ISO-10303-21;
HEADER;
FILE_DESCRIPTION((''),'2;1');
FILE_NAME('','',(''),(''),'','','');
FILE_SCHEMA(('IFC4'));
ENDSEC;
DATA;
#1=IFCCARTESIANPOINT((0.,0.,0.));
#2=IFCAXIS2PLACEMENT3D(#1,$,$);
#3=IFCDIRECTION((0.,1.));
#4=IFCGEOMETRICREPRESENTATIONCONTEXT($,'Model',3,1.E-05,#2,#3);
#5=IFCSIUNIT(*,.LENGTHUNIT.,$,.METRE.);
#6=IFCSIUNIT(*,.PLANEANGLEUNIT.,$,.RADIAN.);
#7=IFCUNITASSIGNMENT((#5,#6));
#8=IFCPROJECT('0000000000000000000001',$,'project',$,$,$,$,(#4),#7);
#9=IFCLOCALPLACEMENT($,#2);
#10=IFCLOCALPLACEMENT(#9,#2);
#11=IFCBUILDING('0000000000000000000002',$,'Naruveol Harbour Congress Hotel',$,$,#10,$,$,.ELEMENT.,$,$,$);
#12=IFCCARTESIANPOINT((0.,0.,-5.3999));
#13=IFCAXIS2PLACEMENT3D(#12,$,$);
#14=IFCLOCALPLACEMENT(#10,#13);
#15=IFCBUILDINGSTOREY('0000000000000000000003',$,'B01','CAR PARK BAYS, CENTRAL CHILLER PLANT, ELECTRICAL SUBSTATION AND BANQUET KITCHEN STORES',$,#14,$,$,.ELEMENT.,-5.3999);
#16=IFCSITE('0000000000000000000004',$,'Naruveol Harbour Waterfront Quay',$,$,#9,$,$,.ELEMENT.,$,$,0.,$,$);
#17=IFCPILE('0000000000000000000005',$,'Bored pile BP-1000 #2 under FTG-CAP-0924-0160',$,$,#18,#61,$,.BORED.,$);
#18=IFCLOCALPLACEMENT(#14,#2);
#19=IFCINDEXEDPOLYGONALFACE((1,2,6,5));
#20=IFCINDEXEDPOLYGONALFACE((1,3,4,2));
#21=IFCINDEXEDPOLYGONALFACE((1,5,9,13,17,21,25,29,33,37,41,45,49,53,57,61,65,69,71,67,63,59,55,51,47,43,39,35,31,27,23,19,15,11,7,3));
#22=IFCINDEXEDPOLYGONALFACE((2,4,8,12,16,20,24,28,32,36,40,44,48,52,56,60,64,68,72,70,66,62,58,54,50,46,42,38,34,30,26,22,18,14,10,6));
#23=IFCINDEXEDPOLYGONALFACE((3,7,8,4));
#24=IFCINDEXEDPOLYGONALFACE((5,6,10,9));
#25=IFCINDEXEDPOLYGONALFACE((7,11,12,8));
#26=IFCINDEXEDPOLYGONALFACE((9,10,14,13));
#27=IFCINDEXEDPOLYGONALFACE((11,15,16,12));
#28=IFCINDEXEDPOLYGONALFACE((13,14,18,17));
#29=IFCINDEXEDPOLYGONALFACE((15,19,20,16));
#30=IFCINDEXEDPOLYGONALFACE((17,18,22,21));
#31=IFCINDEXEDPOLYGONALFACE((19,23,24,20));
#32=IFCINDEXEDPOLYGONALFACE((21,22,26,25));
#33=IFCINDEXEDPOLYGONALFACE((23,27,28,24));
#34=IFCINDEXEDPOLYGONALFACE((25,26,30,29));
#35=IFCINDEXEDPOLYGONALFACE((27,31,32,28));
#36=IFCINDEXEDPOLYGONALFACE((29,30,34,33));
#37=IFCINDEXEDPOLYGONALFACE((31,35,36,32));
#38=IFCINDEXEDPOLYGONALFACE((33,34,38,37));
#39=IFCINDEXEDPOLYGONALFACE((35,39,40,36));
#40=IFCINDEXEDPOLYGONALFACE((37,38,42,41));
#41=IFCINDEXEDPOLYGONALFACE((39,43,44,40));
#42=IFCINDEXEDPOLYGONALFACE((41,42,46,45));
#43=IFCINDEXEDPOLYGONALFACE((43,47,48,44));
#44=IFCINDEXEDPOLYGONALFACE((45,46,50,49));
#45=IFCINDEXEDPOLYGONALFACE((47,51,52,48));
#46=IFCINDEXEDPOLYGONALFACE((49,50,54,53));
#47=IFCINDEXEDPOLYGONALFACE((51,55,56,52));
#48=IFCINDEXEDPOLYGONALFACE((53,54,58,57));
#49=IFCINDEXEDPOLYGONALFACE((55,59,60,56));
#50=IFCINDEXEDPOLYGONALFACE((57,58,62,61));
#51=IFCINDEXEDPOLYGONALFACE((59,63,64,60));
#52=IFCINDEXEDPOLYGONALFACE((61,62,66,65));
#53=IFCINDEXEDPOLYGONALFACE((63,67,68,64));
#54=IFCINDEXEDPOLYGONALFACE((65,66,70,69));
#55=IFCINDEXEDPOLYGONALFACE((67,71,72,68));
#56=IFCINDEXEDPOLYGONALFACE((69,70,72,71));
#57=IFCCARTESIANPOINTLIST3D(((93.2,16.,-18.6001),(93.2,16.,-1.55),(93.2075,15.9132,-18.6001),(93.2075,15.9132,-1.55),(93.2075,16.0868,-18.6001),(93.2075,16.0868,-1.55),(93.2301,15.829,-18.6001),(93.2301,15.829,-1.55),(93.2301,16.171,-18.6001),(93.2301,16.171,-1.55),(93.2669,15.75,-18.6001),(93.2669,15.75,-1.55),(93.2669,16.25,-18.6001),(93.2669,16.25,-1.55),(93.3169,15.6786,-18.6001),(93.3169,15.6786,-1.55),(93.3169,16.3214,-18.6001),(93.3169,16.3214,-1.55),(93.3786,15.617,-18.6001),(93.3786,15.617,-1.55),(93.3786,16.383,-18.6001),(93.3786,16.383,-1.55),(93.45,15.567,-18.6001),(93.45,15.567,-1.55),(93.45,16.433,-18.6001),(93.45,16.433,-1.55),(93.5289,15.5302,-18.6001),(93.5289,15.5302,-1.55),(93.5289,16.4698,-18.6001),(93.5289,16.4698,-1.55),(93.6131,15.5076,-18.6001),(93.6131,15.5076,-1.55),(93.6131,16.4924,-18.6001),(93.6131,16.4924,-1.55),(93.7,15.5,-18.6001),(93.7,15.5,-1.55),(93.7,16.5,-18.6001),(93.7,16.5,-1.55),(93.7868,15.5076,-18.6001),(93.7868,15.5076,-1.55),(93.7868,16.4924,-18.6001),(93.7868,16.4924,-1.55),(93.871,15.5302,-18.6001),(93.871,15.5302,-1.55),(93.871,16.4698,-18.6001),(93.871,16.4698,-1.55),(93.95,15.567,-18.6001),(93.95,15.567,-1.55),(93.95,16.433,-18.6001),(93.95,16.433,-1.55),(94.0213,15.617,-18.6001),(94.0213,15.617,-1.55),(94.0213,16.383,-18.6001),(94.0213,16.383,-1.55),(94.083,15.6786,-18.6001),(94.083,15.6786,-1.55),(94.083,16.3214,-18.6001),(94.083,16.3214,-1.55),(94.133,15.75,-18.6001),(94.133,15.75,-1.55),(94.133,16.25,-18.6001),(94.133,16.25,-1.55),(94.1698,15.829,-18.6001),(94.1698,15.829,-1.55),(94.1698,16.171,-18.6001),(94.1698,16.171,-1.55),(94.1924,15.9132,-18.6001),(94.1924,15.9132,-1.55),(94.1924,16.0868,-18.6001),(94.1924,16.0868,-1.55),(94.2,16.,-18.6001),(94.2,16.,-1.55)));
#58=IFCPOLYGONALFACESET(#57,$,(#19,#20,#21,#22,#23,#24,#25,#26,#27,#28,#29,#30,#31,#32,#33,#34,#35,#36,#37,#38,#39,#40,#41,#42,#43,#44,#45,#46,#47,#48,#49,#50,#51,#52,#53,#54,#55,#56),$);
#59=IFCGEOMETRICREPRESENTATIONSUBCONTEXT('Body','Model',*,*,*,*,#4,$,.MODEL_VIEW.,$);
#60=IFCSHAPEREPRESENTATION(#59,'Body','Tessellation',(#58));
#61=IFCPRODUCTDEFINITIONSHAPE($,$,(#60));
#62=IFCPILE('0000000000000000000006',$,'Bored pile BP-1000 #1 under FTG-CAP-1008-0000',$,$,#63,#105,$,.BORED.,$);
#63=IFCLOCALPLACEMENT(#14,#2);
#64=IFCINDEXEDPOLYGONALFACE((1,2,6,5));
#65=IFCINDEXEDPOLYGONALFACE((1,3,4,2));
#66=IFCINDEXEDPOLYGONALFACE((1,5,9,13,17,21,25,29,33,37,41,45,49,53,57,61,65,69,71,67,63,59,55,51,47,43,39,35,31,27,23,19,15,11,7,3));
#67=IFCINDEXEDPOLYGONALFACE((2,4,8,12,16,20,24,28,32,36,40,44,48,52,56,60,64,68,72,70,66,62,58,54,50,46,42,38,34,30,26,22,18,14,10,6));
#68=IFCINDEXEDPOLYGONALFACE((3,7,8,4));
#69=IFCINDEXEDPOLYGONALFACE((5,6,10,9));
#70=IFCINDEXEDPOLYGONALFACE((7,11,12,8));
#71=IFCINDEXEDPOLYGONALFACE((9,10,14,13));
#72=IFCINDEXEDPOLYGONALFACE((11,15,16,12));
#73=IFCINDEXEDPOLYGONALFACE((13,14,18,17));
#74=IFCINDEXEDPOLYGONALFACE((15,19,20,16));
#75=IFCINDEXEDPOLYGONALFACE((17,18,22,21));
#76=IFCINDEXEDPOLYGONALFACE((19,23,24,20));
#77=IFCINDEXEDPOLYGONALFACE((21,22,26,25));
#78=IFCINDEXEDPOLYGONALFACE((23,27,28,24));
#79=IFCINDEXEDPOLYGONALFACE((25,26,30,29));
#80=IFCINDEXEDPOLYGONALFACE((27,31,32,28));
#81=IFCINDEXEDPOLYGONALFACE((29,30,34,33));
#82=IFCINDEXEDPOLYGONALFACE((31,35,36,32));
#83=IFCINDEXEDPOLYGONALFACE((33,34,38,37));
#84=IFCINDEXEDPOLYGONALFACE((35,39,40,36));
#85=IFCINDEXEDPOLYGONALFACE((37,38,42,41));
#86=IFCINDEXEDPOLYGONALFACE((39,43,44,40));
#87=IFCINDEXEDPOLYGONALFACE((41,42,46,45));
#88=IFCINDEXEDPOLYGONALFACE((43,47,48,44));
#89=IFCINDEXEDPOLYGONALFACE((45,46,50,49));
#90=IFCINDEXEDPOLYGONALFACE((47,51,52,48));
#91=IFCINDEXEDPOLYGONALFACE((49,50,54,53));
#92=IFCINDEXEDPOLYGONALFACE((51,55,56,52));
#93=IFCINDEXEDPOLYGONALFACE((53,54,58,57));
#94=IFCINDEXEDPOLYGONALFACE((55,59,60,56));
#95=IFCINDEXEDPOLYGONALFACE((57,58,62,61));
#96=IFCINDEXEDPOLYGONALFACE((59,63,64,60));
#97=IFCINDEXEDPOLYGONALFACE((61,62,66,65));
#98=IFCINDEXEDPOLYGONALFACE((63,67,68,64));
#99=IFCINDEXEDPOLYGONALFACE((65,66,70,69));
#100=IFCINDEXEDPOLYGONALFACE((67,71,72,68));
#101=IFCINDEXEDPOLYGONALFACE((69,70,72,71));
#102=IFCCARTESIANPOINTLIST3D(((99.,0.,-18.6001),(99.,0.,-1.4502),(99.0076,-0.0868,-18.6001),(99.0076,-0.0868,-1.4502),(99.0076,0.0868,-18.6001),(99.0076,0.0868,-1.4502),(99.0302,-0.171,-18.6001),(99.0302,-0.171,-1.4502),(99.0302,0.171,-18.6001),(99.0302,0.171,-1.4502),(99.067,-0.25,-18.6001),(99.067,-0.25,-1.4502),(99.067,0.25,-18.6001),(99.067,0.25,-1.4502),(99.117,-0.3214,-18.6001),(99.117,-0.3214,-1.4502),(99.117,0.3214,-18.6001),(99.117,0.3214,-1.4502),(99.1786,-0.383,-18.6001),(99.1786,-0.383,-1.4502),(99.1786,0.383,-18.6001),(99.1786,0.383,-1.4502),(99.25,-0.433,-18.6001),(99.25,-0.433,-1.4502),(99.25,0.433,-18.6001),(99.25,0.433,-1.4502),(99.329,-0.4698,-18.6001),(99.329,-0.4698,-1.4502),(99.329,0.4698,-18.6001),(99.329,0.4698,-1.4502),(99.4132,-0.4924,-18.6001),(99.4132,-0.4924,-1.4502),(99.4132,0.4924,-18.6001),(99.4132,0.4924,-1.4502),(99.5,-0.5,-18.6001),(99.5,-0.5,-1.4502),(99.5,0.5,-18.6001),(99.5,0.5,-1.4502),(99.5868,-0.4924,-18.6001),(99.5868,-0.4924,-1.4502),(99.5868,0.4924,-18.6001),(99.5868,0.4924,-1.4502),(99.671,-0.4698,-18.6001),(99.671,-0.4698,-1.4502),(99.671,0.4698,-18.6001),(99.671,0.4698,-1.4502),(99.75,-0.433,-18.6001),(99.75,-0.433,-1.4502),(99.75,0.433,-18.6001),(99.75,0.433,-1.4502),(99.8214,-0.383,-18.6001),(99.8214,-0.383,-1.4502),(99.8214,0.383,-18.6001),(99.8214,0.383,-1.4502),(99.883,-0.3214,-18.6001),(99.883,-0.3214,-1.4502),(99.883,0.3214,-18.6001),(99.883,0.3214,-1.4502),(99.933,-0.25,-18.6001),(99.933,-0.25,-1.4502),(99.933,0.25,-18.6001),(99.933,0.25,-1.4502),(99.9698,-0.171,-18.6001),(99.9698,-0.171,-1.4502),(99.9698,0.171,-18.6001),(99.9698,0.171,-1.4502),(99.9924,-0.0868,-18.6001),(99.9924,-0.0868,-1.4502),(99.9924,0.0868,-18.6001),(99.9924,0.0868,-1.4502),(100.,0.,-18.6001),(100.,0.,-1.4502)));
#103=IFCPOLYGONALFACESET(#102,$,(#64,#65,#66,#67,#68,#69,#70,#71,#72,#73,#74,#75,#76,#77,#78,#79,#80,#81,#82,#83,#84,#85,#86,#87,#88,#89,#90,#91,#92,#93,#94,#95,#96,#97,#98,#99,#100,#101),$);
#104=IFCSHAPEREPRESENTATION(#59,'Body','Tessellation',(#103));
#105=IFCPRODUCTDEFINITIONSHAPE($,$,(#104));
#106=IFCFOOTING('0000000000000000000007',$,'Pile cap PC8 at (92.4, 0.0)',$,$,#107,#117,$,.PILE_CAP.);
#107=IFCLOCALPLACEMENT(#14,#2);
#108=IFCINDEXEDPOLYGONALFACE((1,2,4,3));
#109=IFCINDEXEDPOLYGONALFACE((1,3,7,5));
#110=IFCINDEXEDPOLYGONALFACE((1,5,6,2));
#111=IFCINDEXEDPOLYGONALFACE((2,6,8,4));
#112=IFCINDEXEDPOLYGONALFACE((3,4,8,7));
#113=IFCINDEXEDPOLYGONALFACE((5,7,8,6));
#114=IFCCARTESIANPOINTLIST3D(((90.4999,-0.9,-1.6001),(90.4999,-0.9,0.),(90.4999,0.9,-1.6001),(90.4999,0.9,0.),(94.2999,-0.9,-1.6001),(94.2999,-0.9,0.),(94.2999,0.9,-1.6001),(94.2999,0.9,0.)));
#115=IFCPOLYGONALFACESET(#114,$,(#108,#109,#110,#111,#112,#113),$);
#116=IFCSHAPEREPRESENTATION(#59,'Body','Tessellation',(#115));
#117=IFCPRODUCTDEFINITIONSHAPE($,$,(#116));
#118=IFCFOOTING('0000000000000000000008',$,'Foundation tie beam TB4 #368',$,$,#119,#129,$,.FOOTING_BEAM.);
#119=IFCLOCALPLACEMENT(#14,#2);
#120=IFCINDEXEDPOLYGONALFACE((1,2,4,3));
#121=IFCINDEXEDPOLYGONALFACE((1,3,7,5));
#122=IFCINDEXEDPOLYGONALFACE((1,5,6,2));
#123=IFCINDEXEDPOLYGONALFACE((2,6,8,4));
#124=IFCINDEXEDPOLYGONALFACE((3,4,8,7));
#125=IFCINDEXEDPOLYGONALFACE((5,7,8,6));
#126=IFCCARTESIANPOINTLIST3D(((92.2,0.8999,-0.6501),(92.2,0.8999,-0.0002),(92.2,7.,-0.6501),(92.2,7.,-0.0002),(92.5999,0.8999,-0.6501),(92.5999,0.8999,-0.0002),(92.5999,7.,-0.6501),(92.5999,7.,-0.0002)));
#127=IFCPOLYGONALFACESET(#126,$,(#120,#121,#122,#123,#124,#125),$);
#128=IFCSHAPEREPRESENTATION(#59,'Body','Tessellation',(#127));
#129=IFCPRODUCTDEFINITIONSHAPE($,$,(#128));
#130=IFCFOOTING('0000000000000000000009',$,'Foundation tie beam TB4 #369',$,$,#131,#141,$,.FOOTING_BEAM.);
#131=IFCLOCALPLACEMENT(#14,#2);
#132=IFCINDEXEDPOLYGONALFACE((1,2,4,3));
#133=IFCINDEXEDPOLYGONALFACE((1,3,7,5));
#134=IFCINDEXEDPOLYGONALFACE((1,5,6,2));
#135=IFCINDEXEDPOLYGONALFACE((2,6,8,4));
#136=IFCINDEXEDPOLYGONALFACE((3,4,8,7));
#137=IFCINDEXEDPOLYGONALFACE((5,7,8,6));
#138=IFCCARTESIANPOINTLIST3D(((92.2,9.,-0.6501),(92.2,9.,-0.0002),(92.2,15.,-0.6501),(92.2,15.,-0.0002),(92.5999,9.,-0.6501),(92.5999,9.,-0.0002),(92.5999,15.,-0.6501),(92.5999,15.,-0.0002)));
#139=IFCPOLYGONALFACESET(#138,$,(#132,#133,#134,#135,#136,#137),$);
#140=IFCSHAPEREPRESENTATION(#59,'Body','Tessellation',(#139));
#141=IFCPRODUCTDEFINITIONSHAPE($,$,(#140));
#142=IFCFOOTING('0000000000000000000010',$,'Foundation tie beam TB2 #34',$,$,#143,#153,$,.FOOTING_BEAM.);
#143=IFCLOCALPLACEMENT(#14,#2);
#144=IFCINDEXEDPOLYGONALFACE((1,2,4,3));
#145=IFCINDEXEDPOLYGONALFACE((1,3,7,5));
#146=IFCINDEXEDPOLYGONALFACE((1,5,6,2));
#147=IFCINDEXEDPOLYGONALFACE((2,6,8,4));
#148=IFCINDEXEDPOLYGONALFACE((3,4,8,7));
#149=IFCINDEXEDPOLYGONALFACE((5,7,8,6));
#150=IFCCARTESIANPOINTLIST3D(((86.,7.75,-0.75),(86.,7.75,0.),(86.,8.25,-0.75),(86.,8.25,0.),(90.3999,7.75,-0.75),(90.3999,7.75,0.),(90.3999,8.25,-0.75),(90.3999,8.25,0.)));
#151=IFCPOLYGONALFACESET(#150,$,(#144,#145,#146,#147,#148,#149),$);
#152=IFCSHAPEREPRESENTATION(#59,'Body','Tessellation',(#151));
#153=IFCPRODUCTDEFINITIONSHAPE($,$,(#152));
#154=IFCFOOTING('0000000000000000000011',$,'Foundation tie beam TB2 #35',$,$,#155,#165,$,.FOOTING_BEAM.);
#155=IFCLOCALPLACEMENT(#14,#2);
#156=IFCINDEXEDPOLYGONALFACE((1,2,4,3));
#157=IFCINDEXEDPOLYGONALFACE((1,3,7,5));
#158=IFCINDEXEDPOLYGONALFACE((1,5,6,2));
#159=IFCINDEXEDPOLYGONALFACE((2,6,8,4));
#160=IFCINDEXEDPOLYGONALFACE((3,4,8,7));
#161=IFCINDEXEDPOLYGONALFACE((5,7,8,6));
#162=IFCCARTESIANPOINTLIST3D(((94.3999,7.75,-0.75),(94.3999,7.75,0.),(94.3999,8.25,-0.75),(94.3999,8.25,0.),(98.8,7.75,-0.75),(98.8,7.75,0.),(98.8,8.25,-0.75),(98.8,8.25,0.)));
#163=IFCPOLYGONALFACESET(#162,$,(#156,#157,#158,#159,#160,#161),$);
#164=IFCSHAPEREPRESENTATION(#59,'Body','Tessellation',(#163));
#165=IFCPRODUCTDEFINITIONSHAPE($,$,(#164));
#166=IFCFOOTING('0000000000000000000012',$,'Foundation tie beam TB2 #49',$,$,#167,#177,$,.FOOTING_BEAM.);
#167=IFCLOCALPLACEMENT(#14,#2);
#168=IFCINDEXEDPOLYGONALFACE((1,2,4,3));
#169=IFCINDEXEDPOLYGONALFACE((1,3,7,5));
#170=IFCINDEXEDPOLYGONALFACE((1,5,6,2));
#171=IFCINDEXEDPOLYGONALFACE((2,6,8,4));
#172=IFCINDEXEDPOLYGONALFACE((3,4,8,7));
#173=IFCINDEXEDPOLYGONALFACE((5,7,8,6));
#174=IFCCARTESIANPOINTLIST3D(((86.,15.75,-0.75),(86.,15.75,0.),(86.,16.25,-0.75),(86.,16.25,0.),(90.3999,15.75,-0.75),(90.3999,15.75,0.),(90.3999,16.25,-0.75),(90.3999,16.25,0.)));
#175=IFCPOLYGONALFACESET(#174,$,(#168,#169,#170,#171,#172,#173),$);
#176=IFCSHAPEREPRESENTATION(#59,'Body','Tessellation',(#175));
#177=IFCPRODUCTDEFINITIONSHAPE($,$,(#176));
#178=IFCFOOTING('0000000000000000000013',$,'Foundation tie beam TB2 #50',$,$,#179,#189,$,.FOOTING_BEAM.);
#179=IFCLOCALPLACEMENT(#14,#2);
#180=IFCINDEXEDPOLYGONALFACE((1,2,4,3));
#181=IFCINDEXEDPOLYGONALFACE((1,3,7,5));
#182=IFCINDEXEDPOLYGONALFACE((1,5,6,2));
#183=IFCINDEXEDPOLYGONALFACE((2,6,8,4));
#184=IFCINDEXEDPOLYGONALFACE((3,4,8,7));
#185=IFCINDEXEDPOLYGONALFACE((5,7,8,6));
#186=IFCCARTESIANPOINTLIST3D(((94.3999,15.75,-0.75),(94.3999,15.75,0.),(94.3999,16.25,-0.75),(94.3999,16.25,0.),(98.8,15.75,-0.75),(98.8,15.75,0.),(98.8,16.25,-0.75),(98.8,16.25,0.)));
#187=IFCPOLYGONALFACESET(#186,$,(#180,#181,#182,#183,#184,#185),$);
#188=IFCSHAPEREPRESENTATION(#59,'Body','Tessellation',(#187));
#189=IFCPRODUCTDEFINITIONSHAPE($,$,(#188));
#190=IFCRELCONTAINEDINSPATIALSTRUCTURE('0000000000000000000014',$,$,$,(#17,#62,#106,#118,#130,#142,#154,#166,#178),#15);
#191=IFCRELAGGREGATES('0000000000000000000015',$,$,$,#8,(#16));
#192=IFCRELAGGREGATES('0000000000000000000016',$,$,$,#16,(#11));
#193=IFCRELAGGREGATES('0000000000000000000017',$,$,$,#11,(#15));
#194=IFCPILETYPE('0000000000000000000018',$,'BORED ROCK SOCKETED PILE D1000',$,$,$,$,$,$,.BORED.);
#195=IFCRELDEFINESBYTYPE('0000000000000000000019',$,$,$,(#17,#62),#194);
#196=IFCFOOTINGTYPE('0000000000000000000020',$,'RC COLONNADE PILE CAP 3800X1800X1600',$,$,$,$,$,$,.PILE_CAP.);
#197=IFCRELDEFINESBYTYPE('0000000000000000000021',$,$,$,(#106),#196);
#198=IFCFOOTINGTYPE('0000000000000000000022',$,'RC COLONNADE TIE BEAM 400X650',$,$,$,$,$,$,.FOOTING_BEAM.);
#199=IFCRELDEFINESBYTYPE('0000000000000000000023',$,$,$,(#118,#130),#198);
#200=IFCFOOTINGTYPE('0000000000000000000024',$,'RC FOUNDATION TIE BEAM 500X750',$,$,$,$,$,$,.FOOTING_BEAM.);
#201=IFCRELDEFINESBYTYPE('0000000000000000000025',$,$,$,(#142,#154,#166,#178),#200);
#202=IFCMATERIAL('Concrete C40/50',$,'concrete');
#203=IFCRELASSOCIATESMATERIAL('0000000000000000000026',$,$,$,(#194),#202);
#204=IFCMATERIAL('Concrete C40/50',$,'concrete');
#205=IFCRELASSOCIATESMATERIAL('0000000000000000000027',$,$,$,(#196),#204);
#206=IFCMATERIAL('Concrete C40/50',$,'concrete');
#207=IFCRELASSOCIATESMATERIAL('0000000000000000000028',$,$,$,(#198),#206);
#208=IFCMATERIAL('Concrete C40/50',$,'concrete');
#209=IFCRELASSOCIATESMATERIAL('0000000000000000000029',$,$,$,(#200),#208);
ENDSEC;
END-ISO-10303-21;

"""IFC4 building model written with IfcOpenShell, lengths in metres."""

from ifc_helpers import new_model, si_unit, direction, frame, origin, origin_2d, place, context, subcontext, project, spatial, rectangle, circle, extrude, material, material_profile, profile_set, type_object, element, save


model = new_model("IFC4")

# Units and contexts
model_context = context("Model", 3, precision=1e-05, world=origin(), true_north=direction((0.0, 1.0)))
body_context = subcontext(model_context, "Body", "Model", "MODEL_VIEW")
ifc_project = project(units=[si_unit("LENGTHUNIT", "METRE"), si_unit("PLANEANGLEUNIT", "RADIAN")], contexts=[model_context])

# Site, building, storey
site_placement = place(None, origin())
site = spatial("IfcSite", under=ifc_project, at=site_placement, Name="Naruveol Harbour Waterfront Quay", CompositionType="ELEMENT", RefElevation=0.0)
building_placement = place(site_placement, origin())
building = spatial("IfcBuilding", under=site, at=building_placement, Name="Naruveol Harbour Congress Hotel", CompositionType="ELEMENT")
storey_placement = place(building_placement, frame((0.0, 0.0, -5.3999)))
storey = spatial("IfcBuildingStorey", under=building, at=storey_placement, Name="B01", Description="CAR PARK BAYS, CENTRAL CHILLER PLANT, ELECTRICAL SUBSTATION AND BANQUET KITCHEN STORES", CompositionType="ELEMENT", Elevation=-5.3999)

# Piles
ifc_material_1 = material(Name="Concrete C40/50", Category="concrete")
ifc_material_profile_1 = material_profile(ifc_material_1, circle(Radius=0.5, at=origin_2d()), Name="BP-1000")
ifc_profile_set_1 = profile_set([ifc_material_profile_1], Name="Concrete C40/50")
pile_type = type_object("IfcPileType", Name="BORED ROCK SOCKETED PILE D1000", PredefinedType="BORED", material=ifc_profile_set_1)
for number, where, z_axis, x_axis, name in (
    (1, (93.7, 16.0, -1.55), (0.0, 0.0, -1.0), (1.0, 0.0, 0.0), "Bored pile BP-1000 #2 under FTG-CAP-0924-0160"),
):
    element("IfcPile", number, at=place(storey_placement, frame(where, z_axis=z_axis, x_axis=x_axis)), inside=storey, type_object=pile_type, Name=name, PredefinedType="BORED", context=body_context, shape_type="SweptSolid", body=[
        extrude(circle(Radius=0.5, at=origin_2d()), origin(), (0.0, 0.0, 1.0), 17.05),
    ])
pile_1_placement = place(storey_placement, frame((99.5, 0.0, -1.4502), z_axis=(0.0, 0.0, -1.0), x_axis=(1.0, 0.0, 0.0)))
element("IfcPile", 2, at=pile_1_placement, inside=storey, type_object=pile_type, Name="Bored pile BP-1000 #1 under FTG-CAP-1008-0000", PredefinedType="BORED", context=body_context, shape_type="SweptSolid", body=[
    extrude(circle(Radius=0.5, at=origin_2d()), origin(), (0.0, 0.0, 1.0), 17.1499),
])

# Footings
ifc_material_2 = material(Name="Concrete C40/50", Category="concrete")
footing_type_1 = type_object("IfcFootingType", Name="RC COLONNADE PILE CAP 3800X1800X1600", PredefinedType="PILE_CAP", material=ifc_material_2)
footing_1_placement = place(storey_placement, frame((92.3999, 0.0, -1.6001), z_axis=(0.0, 0.0, 1.0), x_axis=(1.0, 0.0, 0.0)))
element("IfcFooting", 3, at=footing_1_placement, inside=storey, type_object=footing_type_1, Name="Pile cap PC8 at (92.4, 0.0)", PredefinedType="PILE_CAP", context=body_context, shape_type="SweptSolid", body=[
    extrude(rectangle(XDim=3.8, YDim=1.8, at=origin_2d()), origin(), (0.0, 0.0, 1.0), 1.6001),
])
ifc_material_3 = material(Name="Concrete C40/50", Category="concrete")
ifc_material_profile_2 = material_profile(ifc_material_3, rectangle(XDim=0.3999, YDim=0.6499, at=origin_2d()), Name="RCB-400x650")
ifc_profile_set_2 = profile_set([ifc_material_profile_2], Name="Concrete C40/50")
footing_type_2 = type_object("IfcFootingType", Name="RC COLONNADE TIE BEAM 400X650", PredefinedType="FOOTING_BEAM", material=ifc_profile_set_2)
footing_2_placement = place(storey_placement, frame((92.3999, 0.8999, -0.3252), z_axis=(0.0, 1.0, 0.0), x_axis=(-1.0, 0.0, 0.0)))
element("IfcFooting", 4, at=footing_2_placement, inside=storey, type_object=footing_type_2, Name="Foundation tie beam TB4 #368", PredefinedType="FOOTING_BEAM", context=body_context, shape_type="SweptSolid", body=[
    extrude(rectangle(XDim=0.3999, YDim=0.6499, at=origin_2d()), origin(), (0.0, 0.0, 1.0), 6.1001),
])
footing_3_placement = place(storey_placement, frame((92.3999, 9.0, -0.3252), z_axis=(0.0, 1.0, 0.0), x_axis=(-1.0, 0.0, 0.0)))
element("IfcFooting", 5, at=footing_3_placement, inside=storey, type_object=footing_type_2, Name="Foundation tie beam TB4 #369", PredefinedType="FOOTING_BEAM", context=body_context, shape_type="SweptSolid", body=[
    extrude(rectangle(XDim=0.3999, YDim=0.6499, at=origin_2d()), origin(), (0.0, 0.0, 1.0), 6.0),
])
ifc_material_4 = material(Name="Concrete C40/50", Category="concrete")
ifc_material_profile_3 = material_profile(ifc_material_4, rectangle(XDim=0.5, YDim=0.75, at=origin_2d()), Name="RCB-500x750")
ifc_profile_set_3 = profile_set([ifc_material_profile_3], Name="Concrete C40/50")
footing_type_3 = type_object("IfcFootingType", Name="RC FOUNDATION TIE BEAM 500X750", PredefinedType="FOOTING_BEAM", material=ifc_profile_set_3)
footing_4_placement = place(storey_placement, frame((86.0, 8.0, -0.375), z_axis=(1.0, 0.0, 0.0), x_axis=(0.0, 1.0, 0.0)))
element("IfcFooting", 6, at=footing_4_placement, inside=storey, type_object=footing_type_3, Name="Foundation tie beam TB2 #34", PredefinedType="FOOTING_BEAM", context=body_context, shape_type="SweptSolid", body=[
    extrude(rectangle(XDim=0.5, YDim=0.75, at=origin_2d()), origin(), (0.0, 0.0, 1.0), 4.3999),
])
footing_5_placement = place(storey_placement, frame((94.3999, 8.0, -0.375), z_axis=(1.0, 0.0, 0.0), x_axis=(0.0, 1.0, 0.0)))
element("IfcFooting", 7, at=footing_5_placement, inside=storey, type_object=footing_type_3, Name="Foundation tie beam TB2 #35", PredefinedType="FOOTING_BEAM", context=body_context, shape_type="SweptSolid", body=[
    extrude(rectangle(XDim=0.5, YDim=0.75, at=origin_2d()), origin(), (0.0, 0.0, 1.0), 4.4001),
])
footing_6_placement = place(storey_placement, frame((86.0, 16.0, -0.375), z_axis=(1.0, 0.0, 0.0), x_axis=(0.0, 1.0, 0.0)))
element("IfcFooting", 8, at=footing_6_placement, inside=storey, type_object=footing_type_3, Name="Foundation tie beam TB2 #49", PredefinedType="FOOTING_BEAM", context=body_context, shape_type="SweptSolid", body=[
    extrude(rectangle(XDim=0.5, YDim=0.75, at=origin_2d()), origin(), (0.0, 0.0, 1.0), 4.3999),
])
footing_7_placement = place(storey_placement, frame((94.3999, 16.0, -0.375), z_axis=(1.0, 0.0, 0.0), x_axis=(0.0, 1.0, 0.0)))
element("IfcFooting", 9, at=footing_7_placement, inside=storey, type_object=footing_type_3, Name="Foundation tie beam TB2 #50", PredefinedType="FOOTING_BEAM", context=body_context, shape_type="SweptSolid", body=[
    extrude(rectangle(XDim=0.5, YDim=0.75, at=origin_2d()), origin(), (0.0, 0.0, 1.0), 4.4001),
])

save(model, "model.ifc")
